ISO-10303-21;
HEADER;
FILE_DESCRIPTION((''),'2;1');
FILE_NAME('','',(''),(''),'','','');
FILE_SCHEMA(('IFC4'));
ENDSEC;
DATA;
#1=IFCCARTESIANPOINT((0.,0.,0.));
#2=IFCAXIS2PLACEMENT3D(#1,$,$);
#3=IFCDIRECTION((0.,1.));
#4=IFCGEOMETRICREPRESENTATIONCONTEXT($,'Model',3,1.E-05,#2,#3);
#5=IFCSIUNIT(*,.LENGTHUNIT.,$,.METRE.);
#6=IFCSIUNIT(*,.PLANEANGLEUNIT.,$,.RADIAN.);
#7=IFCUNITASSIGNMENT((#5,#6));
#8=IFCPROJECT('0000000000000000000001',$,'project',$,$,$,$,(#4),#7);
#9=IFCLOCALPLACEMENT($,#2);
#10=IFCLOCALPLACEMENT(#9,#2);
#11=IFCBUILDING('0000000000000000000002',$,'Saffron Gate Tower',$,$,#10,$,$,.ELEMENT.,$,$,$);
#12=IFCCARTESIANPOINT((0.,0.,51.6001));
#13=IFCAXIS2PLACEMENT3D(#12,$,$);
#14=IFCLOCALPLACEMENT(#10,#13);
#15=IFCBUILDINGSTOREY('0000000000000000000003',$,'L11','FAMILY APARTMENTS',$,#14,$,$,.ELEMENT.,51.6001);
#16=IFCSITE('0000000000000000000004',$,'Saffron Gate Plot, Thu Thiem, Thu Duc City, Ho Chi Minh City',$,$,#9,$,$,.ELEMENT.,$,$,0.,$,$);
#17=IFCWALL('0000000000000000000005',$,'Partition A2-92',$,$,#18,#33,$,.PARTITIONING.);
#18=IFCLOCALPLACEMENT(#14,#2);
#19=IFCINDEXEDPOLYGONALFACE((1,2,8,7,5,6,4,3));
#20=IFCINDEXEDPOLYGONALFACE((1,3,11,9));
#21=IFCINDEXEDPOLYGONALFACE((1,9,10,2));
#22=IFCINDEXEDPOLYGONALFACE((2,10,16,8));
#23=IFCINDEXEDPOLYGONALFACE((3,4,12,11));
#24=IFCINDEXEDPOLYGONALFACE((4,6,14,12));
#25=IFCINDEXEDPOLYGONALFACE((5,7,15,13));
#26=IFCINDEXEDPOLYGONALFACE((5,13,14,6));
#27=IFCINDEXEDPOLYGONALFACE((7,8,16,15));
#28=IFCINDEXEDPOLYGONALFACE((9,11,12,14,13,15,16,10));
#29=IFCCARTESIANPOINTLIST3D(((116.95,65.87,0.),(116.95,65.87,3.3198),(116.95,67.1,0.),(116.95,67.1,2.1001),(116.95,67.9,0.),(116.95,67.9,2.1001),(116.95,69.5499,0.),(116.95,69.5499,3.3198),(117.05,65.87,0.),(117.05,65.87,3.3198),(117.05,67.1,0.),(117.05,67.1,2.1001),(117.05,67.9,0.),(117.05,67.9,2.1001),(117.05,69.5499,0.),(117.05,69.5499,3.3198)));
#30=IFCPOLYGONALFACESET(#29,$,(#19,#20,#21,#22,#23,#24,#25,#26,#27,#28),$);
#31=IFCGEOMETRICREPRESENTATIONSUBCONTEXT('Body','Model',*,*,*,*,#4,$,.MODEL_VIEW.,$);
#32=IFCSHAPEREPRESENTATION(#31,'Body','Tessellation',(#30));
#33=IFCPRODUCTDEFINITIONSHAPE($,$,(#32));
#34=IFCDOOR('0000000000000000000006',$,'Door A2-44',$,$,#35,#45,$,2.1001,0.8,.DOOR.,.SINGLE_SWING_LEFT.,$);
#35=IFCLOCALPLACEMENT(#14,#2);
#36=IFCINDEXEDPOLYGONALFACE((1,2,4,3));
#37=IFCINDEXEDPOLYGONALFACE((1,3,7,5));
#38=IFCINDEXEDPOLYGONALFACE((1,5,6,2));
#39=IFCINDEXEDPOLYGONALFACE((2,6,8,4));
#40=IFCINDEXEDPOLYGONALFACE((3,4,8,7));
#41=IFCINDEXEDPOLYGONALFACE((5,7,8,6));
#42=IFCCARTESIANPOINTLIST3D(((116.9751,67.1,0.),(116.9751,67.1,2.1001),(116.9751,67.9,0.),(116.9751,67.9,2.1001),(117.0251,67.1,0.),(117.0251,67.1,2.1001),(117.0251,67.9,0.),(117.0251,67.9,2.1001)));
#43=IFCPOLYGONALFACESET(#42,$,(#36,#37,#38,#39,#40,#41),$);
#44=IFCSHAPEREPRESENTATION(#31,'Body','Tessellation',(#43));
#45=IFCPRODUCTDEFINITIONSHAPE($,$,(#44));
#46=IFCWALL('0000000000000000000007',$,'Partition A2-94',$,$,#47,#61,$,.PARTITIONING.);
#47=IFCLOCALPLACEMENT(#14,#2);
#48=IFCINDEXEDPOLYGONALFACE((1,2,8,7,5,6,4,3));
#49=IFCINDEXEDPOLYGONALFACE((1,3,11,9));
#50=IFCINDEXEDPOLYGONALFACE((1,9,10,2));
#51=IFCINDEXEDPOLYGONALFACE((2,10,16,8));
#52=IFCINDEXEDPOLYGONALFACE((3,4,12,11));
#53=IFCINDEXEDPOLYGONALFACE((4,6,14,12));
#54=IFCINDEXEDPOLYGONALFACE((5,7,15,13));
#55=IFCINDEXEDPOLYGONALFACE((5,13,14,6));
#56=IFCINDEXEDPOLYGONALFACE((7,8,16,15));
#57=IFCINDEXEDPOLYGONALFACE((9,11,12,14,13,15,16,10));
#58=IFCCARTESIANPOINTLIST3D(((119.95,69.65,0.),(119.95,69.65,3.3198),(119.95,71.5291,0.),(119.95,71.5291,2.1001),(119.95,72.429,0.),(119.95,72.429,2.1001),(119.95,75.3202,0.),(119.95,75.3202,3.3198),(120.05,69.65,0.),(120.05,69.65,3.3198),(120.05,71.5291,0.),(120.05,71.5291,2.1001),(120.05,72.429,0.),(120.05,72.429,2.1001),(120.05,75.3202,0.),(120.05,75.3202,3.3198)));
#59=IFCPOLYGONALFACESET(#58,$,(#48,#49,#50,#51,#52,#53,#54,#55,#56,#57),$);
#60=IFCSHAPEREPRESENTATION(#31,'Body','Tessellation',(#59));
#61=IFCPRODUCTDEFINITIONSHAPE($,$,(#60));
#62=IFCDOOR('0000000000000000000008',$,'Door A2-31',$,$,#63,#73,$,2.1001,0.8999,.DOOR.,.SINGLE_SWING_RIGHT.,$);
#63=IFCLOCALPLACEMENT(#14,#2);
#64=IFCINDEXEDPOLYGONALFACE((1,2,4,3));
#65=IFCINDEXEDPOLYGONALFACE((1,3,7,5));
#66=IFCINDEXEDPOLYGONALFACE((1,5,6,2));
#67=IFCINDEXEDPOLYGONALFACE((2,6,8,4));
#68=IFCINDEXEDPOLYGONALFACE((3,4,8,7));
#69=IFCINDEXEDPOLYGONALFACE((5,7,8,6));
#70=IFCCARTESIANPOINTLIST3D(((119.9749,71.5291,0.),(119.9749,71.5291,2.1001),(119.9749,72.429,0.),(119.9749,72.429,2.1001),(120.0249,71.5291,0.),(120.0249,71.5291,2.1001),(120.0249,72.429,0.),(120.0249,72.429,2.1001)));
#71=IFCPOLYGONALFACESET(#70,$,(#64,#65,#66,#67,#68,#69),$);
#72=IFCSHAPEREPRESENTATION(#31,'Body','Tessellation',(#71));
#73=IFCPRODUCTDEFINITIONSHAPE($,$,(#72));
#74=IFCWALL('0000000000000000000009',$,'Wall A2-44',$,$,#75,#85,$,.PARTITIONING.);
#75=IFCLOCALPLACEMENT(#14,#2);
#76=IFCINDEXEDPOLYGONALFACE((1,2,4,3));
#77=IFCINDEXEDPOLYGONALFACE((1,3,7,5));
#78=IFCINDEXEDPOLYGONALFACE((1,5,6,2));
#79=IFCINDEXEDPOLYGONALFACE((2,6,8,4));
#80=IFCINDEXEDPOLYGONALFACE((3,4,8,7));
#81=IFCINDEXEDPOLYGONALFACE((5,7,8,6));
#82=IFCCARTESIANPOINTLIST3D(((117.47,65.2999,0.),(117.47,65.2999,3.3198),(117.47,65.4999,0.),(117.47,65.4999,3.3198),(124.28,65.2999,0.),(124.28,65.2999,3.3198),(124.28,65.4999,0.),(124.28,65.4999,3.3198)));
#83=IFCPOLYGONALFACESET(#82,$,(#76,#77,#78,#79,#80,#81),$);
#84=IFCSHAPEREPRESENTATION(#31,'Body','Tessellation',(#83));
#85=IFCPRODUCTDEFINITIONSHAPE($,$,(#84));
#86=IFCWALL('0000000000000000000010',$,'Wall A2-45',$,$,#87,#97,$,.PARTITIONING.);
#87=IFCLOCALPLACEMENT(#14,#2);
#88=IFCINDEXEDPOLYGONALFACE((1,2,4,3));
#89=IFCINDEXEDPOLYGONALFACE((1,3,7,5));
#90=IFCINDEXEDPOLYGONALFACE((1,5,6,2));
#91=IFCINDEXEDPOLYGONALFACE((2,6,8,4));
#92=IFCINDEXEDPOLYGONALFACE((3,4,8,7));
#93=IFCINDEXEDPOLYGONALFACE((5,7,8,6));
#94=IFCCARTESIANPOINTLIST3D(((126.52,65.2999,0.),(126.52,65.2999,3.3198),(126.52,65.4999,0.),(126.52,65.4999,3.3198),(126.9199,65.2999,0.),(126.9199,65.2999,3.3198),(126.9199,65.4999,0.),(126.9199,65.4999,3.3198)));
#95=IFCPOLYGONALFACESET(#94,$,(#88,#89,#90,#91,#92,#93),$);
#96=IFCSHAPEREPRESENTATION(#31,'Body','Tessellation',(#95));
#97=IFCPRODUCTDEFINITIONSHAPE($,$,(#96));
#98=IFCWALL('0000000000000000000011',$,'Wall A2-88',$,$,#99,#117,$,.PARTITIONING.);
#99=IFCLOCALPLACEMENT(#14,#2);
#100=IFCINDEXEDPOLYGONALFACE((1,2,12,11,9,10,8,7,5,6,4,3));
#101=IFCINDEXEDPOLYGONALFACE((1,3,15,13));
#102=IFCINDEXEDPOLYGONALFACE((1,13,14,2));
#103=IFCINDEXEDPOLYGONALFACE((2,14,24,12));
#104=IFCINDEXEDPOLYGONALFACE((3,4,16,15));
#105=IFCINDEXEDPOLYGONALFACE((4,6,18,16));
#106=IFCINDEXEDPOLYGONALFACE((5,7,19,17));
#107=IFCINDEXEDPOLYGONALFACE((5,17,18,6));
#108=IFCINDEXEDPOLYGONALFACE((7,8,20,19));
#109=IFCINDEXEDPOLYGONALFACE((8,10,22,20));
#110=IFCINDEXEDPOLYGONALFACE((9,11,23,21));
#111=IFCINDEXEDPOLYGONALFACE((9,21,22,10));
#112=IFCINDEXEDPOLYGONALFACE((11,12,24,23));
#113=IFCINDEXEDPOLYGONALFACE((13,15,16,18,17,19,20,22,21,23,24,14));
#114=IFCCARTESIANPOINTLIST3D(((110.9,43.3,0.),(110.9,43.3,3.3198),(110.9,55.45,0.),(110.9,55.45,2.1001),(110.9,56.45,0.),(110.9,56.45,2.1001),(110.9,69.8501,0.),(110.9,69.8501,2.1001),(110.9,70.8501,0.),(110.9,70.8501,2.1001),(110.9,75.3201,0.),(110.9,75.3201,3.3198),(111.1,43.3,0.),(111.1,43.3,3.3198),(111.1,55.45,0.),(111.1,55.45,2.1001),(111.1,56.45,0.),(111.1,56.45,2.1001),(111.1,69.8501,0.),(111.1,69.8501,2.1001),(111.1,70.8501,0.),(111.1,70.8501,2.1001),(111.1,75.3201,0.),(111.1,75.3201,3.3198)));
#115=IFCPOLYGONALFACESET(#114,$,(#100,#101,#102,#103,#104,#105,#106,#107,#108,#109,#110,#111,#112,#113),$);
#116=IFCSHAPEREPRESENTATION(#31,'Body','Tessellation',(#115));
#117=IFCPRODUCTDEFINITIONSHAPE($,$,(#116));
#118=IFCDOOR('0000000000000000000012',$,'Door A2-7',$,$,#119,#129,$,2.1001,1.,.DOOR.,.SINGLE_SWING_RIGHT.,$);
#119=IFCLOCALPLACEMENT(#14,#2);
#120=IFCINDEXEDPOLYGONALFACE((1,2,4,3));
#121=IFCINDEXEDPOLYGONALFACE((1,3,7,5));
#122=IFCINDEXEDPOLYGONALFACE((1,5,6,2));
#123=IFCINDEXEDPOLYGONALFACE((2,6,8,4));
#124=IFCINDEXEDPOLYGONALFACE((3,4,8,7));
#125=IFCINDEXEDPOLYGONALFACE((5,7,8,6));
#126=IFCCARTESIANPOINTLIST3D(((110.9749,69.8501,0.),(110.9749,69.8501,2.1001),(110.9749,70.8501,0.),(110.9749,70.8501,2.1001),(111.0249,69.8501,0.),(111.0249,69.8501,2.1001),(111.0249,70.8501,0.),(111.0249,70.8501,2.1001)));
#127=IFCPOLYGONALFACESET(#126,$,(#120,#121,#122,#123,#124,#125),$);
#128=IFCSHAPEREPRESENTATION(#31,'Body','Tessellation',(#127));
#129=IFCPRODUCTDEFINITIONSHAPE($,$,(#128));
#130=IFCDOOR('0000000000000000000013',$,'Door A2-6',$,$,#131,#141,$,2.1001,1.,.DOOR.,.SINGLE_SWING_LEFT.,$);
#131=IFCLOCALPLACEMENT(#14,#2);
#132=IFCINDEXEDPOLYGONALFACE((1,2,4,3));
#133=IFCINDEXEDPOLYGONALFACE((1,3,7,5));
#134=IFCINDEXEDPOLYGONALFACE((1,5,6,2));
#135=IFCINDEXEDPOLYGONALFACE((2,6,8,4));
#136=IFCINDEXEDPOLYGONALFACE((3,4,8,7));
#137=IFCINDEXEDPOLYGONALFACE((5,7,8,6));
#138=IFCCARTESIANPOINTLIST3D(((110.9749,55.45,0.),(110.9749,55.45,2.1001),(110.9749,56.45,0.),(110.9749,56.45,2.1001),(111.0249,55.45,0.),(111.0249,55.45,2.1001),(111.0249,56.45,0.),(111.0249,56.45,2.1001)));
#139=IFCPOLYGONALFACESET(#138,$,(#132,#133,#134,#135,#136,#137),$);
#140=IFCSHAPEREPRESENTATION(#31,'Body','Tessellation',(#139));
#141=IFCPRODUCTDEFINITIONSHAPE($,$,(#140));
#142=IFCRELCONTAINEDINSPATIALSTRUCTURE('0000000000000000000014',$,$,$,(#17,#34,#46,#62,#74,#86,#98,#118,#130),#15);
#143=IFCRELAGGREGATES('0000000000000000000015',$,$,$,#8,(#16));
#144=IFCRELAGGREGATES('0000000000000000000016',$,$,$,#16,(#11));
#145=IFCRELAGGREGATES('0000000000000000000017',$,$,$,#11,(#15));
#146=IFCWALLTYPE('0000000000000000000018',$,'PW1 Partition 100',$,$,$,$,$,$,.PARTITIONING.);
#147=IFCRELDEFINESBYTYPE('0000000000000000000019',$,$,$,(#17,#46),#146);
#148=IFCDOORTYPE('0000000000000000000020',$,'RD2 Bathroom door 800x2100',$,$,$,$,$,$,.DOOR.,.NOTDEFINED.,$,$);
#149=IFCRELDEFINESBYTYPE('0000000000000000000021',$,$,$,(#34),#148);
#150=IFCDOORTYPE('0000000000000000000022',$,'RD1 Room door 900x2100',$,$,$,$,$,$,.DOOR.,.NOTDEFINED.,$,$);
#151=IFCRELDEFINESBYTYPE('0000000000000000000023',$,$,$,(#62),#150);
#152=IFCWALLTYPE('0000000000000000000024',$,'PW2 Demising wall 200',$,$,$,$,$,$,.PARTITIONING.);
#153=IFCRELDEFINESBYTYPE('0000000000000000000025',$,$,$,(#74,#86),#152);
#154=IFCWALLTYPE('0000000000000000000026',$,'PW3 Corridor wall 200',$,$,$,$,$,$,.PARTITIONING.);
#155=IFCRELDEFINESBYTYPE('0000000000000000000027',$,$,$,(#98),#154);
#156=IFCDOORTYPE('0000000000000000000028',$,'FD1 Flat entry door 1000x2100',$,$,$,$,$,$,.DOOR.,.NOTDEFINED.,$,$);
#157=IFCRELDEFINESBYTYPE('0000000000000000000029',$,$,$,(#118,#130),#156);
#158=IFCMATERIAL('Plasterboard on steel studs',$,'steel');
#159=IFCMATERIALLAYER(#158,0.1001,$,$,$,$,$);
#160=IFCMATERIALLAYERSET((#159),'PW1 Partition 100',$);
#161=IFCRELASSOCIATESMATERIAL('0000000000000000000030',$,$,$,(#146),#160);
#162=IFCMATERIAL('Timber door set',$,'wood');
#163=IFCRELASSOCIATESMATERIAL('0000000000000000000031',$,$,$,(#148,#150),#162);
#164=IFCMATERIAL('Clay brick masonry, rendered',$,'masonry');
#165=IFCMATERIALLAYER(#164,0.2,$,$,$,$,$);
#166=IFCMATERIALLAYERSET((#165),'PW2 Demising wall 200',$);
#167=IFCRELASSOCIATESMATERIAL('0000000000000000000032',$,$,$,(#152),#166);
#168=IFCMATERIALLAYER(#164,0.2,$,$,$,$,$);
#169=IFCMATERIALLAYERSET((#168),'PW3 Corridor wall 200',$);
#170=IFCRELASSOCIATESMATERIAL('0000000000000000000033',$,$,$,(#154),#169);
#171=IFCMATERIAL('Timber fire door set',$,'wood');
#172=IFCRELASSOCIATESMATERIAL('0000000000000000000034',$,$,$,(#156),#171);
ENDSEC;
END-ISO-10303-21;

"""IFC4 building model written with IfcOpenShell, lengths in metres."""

from ifc_helpers import new_model, si_unit, direction, frame, frame_2d, origin, place, context, subcontext, project, spatial, rectangle, extrude, material, layer, layer_set, type_object, element, fill, save


model = new_model("IFC4")

# Units and contexts
model_context = context("Model", 3, precision=1e-05, world=origin(), true_north=direction((0.0, 1.0)))
body_context = subcontext(model_context, "Body", "Model", "MODEL_VIEW")
ifc_project = project(units=[si_unit("LENGTHUNIT", "METRE"), si_unit("PLANEANGLEUNIT", "RADIAN")], contexts=[model_context])

# Site, building, storey
site_placement = place(None, origin())
site = spatial("IfcSite", under=ifc_project, at=site_placement, Name="Saffron Gate Plot, Thu Thiem, Thu Duc City, Ho Chi Minh City", CompositionType="ELEMENT", RefElevation=0.0)
building_placement = place(site_placement, origin())
building = spatial("IfcBuilding", under=site, at=building_placement, Name="Saffron Gate Tower", CompositionType="ELEMENT")
storey_placement = place(building_placement, frame((0.0, 0.0, 51.6001)))
storey = spatial("IfcBuildingStorey", under=building, at=storey_placement, Name="L11", Description="FAMILY APARTMENTS", CompositionType="ELEMENT", Elevation=51.6001)

# Shared definitions
ifc_material_1 = material(Name="Plasterboard on steel studs", Category="steel")
ifc_layer_1 = layer(ifc_material_1, 0.1001)
ifc_layer_set_1 = layer_set([ifc_layer_1], Name="PW1 Partition 100")
wall_type_1 = type_object("IfcWallType", Name="PW1 Partition 100", PredefinedType="PARTITIONING", material=ifc_layer_set_1)

# Walls, openings, doors
wall_1_placement = place(storey_placement, frame((117.0, 65.8701, 0.0), z_axis=(0.0, 0.0, 1.0), x_axis=(0.0, 1.0, 0.0)))
wall_1 = element("IfcWall", 1, at=wall_1_placement, inside=storey, type_object=wall_type_1, Name="Partition A2-92", PredefinedType="PARTITIONING", context=body_context, shape_type="SweptSolid", body=[
    extrude(rectangle(XDim=3.6799, YDim=0.1001, at=frame_2d((1.8398, 0.0))), origin(), (0.0, 0.0, 1.0), 3.3198),
])
opening_1_placement = place(wall_1_placement, frame((1.23, 0.0, 0.0)))
opening_1 = element("IfcOpeningElement", 2, at=opening_1_placement, cuts=wall_1, PredefinedType="OPENING", context=body_context, shape_type="SweptSolid", body=[
    extrude(rectangle(XDim=0.8, YDim=2.1001, at=frame_2d((0.3999, 1.05))), frame((0.0, 0.0601, 0.0), z_axis=(0.0, -1.0, 0.0), x_axis=(1.0, 0.0, 0.0)), (0.0, 0.0, 1.0), 0.1201),
])
ifc_material_2 = material(Name="Timber door set", Category="wood")
door_type_1 = type_object("IfcDoorType", Name="RD2 Bathroom door 800x2100", OperationType="NOTDEFINED", PredefinedType="DOOR", material=ifc_material_2)
door_1_placement = place(opening_1_placement, origin())
door_1 = element("IfcDoor", 3, at=door_1_placement, inside=storey, type_object=door_type_1, Name="Door A2-44", OperationType="SINGLE_SWING_LEFT", OverallHeight=2.1001, OverallWidth=0.8, PredefinedType="DOOR", context=body_context, shape_type="SweptSolid", body=[
    extrude(rectangle(XDim=0.8, YDim=2.1001, at=frame_2d((0.3999, 1.05))), frame((0.0, 0.0249, 0.0), z_axis=(0.0, -1.0, 0.0), x_axis=(1.0, 0.0, 0.0)), (0.0, 0.0, 1.0), 0.05),
])
fill(opening_1, door_1)
wall_2_placement = place(storey_placement, frame((120.0, 75.3201, 0.0), z_axis=(0.0, 0.0, 1.0), x_axis=(0.0, -1.0, 0.0)))
wall_2 = element("IfcWall", 4, at=wall_2_placement, inside=storey, type_object=wall_type_1, Name="Partition A2-94", PredefinedType="PARTITIONING", context=body_context, shape_type="SweptSolid", body=[
    extrude(rectangle(XDim=5.6702, YDim=0.1001, at=frame_2d((2.835, 0.0))), origin(), (0.0, 0.0, 1.0), 3.3198),
])
opening_2_placement = place(wall_2_placement, frame((2.8911, 0.0, 0.0)))
opening_2 = element("IfcOpeningElement", 5, at=opening_2_placement, cuts=wall_2, PredefinedType="OPENING", context=body_context, shape_type="SweptSolid", body=[
    extrude(rectangle(XDim=0.8999, YDim=2.1001, at=frame_2d((0.45, 1.05))), frame((0.0, 0.0601, 0.0), z_axis=(0.0, -1.0, 0.0), x_axis=(1.0, 0.0, 0.0)), (0.0, 0.0, 1.0), 0.1201),
])
door_type_2 = type_object("IfcDoorType", Name="RD1 Room door 900x2100", OperationType="NOTDEFINED", PredefinedType="DOOR", material=ifc_material_2)
door_2_placement = place(opening_2_placement, origin())
door_2 = element("IfcDoor", 6, at=door_2_placement, inside=storey, type_object=door_type_2, Name="Door A2-31", OperationType="SINGLE_SWING_RIGHT", OverallHeight=2.1001, OverallWidth=0.8999, PredefinedType="DOOR", context=body_context, shape_type="SweptSolid", body=[
    extrude(rectangle(XDim=0.8999, YDim=2.1001, at=frame_2d((0.45, 1.05))), frame((0.0, 0.0249, 0.0), z_axis=(0.0, -1.0, 0.0), x_axis=(1.0, 0.0, 0.0)), (0.0, 0.0, 1.0), 0.05),
])
fill(opening_2, door_2)

# Walls
ifc_material_3 = material(Name="Clay brick masonry, rendered", Category="masonry")
ifc_layer_2 = layer(ifc_material_3, 0.2)
ifc_layer_set_2 = layer_set([ifc_layer_2], Name="PW2 Demising wall 200")
wall_type_2 = type_object("IfcWallType", Name="PW2 Demising wall 200", PredefinedType="PARTITIONING", material=ifc_layer_set_2)
wall_3_placement = place(storey_placement, frame((117.47, 65.3999, 0.0), z_axis=(0.0, 0.0, 1.0), x_axis=(1.0, 0.0, 0.0)))
element("IfcWall", 7, at=wall_3_placement, inside=storey, type_object=wall_type_2, Name="Wall A2-44", PredefinedType="PARTITIONING", context=body_context, shape_type="SweptSolid", body=[
    extrude(rectangle(XDim=6.8101, YDim=0.2, at=frame_2d((3.405, 0.0))), origin(), (0.0, 0.0, 1.0), 3.3198),
])
wall_4_placement = place(storey_placement, frame((126.52, 65.3999, 0.0), z_axis=(0.0, 0.0, 1.0), x_axis=(1.0, 0.0, 0.0)))
element("IfcWall", 8, at=wall_4_placement, inside=storey, type_object=wall_type_2, Name="Wall A2-45", PredefinedType="PARTITIONING", context=body_context, shape_type="SweptSolid", body=[
    extrude(rectangle(XDim=0.3999, YDim=0.2, at=frame_2d((0.2, 0.0))), origin(), (0.0, 0.0, 1.0), 3.3198),
])

# Wall, openings, doors
ifc_layer_3 = layer(ifc_material_3, 0.2)
ifc_layer_set_3 = layer_set([ifc_layer_3], Name="PW3 Corridor wall 200")
wall_type_3 = type_object("IfcWallType", Name="PW3 Corridor wall 200", PredefinedType="PARTITIONING", material=ifc_layer_set_3)
wall_5_placement = place(storey_placement, frame((111.0, 75.3201, 0.0), z_axis=(0.0, 0.0, 1.0), x_axis=(0.0, -1.0, 0.0)))
wall_5 = element("IfcWall", 9, at=wall_5_placement, inside=storey, type_object=wall_type_3, Name="Wall A2-88", PredefinedType="PARTITIONING", context=body_context, shape_type="SweptSolid", body=[
    extrude(rectangle(XDim=32.02, YDim=0.2, at=frame_2d((16.01, 0.0))), origin(), (0.0, 0.0, 1.0), 3.3198),
])
opening_3_placement = place(wall_5_placement, frame((4.47, 0.0, 0.0)))
opening_3 = element("IfcOpeningElement", 10, at=opening_3_placement, cuts=wall_5, PredefinedType="OPENING", context=body_context, shape_type="SweptSolid", body=[
    extrude(rectangle(XDim=1.0, YDim=2.1001, at=frame_2d((0.5, 1.05))), frame((0.0, 0.1099, 0.0), z_axis=(0.0, -1.0, 0.0), x_axis=(1.0, 0.0, 0.0)), (0.0, 0.0, 1.0), 0.22),
])
opening_4_placement = place(wall_5_placement, frame((18.8701, 0.0, 0.0)))
opening_4 = element("IfcOpeningElement", 11, at=opening_4_placement, cuts=wall_5, PredefinedType="OPENING", context=body_context, shape_type="SweptSolid", body=[
    extrude(rectangle(XDim=1.0, YDim=2.1001, at=frame_2d((0.5, 1.05))), frame((0.0, 0.1099, 0.0), z_axis=(0.0, -1.0, 0.0), x_axis=(1.0, 0.0, 0.0)), (0.0, 0.0, 1.0), 0.22),
])
ifc_material_4 = material(Name="Timber fire door set", Category="wood")
door_type_3 = type_object("IfcDoorType", Name="FD1 Flat entry door 1000x2100", OperationType="NOTDEFINED", PredefinedType="DOOR", material=ifc_material_4)
door_3_placement = place(opening_3_placement, origin())
door_3 = element("IfcDoor", 12, at=door_3_placement, inside=storey, type_object=door_type_3, Name="Door A2-7", OperationType="SINGLE_SWING_RIGHT", OverallHeight=2.1001, OverallWidth=1.0, PredefinedType="DOOR", context=body_context, shape_type="SweptSolid", body=[
    extrude(rectangle(XDim=1.0, YDim=2.1001, at=frame_2d((0.5, 1.05))), frame((0.0, 0.0249, 0.0), z_axis=(0.0, -1.0, 0.0), x_axis=(1.0, 0.0, 0.0)), (0.0, 0.0, 1.0), 0.05),
])
fill(opening_3, door_3)
door_4_placement = place(opening_4_placement, origin())
door_4 = element("IfcDoor", 13, at=door_4_placement, inside=storey, type_object=door_type_3, Name="Door A2-6", OperationType="SINGLE_SWING_LEFT", OverallHeight=2.1001, OverallWidth=1.0, PredefinedType="DOOR", context=body_context, shape_type="SweptSolid", body=[
    extrude(rectangle(XDim=1.0, YDim=2.1001, at=frame_2d((0.5, 1.05))), frame((0.0, 0.0249, 0.0), z_axis=(0.0, -1.0, 0.0), x_axis=(1.0, 0.0, 0.0)), (0.0, 0.0, 1.0), 0.05),
])
fill(opening_4, door_4)

save(model, "model.ifc")
